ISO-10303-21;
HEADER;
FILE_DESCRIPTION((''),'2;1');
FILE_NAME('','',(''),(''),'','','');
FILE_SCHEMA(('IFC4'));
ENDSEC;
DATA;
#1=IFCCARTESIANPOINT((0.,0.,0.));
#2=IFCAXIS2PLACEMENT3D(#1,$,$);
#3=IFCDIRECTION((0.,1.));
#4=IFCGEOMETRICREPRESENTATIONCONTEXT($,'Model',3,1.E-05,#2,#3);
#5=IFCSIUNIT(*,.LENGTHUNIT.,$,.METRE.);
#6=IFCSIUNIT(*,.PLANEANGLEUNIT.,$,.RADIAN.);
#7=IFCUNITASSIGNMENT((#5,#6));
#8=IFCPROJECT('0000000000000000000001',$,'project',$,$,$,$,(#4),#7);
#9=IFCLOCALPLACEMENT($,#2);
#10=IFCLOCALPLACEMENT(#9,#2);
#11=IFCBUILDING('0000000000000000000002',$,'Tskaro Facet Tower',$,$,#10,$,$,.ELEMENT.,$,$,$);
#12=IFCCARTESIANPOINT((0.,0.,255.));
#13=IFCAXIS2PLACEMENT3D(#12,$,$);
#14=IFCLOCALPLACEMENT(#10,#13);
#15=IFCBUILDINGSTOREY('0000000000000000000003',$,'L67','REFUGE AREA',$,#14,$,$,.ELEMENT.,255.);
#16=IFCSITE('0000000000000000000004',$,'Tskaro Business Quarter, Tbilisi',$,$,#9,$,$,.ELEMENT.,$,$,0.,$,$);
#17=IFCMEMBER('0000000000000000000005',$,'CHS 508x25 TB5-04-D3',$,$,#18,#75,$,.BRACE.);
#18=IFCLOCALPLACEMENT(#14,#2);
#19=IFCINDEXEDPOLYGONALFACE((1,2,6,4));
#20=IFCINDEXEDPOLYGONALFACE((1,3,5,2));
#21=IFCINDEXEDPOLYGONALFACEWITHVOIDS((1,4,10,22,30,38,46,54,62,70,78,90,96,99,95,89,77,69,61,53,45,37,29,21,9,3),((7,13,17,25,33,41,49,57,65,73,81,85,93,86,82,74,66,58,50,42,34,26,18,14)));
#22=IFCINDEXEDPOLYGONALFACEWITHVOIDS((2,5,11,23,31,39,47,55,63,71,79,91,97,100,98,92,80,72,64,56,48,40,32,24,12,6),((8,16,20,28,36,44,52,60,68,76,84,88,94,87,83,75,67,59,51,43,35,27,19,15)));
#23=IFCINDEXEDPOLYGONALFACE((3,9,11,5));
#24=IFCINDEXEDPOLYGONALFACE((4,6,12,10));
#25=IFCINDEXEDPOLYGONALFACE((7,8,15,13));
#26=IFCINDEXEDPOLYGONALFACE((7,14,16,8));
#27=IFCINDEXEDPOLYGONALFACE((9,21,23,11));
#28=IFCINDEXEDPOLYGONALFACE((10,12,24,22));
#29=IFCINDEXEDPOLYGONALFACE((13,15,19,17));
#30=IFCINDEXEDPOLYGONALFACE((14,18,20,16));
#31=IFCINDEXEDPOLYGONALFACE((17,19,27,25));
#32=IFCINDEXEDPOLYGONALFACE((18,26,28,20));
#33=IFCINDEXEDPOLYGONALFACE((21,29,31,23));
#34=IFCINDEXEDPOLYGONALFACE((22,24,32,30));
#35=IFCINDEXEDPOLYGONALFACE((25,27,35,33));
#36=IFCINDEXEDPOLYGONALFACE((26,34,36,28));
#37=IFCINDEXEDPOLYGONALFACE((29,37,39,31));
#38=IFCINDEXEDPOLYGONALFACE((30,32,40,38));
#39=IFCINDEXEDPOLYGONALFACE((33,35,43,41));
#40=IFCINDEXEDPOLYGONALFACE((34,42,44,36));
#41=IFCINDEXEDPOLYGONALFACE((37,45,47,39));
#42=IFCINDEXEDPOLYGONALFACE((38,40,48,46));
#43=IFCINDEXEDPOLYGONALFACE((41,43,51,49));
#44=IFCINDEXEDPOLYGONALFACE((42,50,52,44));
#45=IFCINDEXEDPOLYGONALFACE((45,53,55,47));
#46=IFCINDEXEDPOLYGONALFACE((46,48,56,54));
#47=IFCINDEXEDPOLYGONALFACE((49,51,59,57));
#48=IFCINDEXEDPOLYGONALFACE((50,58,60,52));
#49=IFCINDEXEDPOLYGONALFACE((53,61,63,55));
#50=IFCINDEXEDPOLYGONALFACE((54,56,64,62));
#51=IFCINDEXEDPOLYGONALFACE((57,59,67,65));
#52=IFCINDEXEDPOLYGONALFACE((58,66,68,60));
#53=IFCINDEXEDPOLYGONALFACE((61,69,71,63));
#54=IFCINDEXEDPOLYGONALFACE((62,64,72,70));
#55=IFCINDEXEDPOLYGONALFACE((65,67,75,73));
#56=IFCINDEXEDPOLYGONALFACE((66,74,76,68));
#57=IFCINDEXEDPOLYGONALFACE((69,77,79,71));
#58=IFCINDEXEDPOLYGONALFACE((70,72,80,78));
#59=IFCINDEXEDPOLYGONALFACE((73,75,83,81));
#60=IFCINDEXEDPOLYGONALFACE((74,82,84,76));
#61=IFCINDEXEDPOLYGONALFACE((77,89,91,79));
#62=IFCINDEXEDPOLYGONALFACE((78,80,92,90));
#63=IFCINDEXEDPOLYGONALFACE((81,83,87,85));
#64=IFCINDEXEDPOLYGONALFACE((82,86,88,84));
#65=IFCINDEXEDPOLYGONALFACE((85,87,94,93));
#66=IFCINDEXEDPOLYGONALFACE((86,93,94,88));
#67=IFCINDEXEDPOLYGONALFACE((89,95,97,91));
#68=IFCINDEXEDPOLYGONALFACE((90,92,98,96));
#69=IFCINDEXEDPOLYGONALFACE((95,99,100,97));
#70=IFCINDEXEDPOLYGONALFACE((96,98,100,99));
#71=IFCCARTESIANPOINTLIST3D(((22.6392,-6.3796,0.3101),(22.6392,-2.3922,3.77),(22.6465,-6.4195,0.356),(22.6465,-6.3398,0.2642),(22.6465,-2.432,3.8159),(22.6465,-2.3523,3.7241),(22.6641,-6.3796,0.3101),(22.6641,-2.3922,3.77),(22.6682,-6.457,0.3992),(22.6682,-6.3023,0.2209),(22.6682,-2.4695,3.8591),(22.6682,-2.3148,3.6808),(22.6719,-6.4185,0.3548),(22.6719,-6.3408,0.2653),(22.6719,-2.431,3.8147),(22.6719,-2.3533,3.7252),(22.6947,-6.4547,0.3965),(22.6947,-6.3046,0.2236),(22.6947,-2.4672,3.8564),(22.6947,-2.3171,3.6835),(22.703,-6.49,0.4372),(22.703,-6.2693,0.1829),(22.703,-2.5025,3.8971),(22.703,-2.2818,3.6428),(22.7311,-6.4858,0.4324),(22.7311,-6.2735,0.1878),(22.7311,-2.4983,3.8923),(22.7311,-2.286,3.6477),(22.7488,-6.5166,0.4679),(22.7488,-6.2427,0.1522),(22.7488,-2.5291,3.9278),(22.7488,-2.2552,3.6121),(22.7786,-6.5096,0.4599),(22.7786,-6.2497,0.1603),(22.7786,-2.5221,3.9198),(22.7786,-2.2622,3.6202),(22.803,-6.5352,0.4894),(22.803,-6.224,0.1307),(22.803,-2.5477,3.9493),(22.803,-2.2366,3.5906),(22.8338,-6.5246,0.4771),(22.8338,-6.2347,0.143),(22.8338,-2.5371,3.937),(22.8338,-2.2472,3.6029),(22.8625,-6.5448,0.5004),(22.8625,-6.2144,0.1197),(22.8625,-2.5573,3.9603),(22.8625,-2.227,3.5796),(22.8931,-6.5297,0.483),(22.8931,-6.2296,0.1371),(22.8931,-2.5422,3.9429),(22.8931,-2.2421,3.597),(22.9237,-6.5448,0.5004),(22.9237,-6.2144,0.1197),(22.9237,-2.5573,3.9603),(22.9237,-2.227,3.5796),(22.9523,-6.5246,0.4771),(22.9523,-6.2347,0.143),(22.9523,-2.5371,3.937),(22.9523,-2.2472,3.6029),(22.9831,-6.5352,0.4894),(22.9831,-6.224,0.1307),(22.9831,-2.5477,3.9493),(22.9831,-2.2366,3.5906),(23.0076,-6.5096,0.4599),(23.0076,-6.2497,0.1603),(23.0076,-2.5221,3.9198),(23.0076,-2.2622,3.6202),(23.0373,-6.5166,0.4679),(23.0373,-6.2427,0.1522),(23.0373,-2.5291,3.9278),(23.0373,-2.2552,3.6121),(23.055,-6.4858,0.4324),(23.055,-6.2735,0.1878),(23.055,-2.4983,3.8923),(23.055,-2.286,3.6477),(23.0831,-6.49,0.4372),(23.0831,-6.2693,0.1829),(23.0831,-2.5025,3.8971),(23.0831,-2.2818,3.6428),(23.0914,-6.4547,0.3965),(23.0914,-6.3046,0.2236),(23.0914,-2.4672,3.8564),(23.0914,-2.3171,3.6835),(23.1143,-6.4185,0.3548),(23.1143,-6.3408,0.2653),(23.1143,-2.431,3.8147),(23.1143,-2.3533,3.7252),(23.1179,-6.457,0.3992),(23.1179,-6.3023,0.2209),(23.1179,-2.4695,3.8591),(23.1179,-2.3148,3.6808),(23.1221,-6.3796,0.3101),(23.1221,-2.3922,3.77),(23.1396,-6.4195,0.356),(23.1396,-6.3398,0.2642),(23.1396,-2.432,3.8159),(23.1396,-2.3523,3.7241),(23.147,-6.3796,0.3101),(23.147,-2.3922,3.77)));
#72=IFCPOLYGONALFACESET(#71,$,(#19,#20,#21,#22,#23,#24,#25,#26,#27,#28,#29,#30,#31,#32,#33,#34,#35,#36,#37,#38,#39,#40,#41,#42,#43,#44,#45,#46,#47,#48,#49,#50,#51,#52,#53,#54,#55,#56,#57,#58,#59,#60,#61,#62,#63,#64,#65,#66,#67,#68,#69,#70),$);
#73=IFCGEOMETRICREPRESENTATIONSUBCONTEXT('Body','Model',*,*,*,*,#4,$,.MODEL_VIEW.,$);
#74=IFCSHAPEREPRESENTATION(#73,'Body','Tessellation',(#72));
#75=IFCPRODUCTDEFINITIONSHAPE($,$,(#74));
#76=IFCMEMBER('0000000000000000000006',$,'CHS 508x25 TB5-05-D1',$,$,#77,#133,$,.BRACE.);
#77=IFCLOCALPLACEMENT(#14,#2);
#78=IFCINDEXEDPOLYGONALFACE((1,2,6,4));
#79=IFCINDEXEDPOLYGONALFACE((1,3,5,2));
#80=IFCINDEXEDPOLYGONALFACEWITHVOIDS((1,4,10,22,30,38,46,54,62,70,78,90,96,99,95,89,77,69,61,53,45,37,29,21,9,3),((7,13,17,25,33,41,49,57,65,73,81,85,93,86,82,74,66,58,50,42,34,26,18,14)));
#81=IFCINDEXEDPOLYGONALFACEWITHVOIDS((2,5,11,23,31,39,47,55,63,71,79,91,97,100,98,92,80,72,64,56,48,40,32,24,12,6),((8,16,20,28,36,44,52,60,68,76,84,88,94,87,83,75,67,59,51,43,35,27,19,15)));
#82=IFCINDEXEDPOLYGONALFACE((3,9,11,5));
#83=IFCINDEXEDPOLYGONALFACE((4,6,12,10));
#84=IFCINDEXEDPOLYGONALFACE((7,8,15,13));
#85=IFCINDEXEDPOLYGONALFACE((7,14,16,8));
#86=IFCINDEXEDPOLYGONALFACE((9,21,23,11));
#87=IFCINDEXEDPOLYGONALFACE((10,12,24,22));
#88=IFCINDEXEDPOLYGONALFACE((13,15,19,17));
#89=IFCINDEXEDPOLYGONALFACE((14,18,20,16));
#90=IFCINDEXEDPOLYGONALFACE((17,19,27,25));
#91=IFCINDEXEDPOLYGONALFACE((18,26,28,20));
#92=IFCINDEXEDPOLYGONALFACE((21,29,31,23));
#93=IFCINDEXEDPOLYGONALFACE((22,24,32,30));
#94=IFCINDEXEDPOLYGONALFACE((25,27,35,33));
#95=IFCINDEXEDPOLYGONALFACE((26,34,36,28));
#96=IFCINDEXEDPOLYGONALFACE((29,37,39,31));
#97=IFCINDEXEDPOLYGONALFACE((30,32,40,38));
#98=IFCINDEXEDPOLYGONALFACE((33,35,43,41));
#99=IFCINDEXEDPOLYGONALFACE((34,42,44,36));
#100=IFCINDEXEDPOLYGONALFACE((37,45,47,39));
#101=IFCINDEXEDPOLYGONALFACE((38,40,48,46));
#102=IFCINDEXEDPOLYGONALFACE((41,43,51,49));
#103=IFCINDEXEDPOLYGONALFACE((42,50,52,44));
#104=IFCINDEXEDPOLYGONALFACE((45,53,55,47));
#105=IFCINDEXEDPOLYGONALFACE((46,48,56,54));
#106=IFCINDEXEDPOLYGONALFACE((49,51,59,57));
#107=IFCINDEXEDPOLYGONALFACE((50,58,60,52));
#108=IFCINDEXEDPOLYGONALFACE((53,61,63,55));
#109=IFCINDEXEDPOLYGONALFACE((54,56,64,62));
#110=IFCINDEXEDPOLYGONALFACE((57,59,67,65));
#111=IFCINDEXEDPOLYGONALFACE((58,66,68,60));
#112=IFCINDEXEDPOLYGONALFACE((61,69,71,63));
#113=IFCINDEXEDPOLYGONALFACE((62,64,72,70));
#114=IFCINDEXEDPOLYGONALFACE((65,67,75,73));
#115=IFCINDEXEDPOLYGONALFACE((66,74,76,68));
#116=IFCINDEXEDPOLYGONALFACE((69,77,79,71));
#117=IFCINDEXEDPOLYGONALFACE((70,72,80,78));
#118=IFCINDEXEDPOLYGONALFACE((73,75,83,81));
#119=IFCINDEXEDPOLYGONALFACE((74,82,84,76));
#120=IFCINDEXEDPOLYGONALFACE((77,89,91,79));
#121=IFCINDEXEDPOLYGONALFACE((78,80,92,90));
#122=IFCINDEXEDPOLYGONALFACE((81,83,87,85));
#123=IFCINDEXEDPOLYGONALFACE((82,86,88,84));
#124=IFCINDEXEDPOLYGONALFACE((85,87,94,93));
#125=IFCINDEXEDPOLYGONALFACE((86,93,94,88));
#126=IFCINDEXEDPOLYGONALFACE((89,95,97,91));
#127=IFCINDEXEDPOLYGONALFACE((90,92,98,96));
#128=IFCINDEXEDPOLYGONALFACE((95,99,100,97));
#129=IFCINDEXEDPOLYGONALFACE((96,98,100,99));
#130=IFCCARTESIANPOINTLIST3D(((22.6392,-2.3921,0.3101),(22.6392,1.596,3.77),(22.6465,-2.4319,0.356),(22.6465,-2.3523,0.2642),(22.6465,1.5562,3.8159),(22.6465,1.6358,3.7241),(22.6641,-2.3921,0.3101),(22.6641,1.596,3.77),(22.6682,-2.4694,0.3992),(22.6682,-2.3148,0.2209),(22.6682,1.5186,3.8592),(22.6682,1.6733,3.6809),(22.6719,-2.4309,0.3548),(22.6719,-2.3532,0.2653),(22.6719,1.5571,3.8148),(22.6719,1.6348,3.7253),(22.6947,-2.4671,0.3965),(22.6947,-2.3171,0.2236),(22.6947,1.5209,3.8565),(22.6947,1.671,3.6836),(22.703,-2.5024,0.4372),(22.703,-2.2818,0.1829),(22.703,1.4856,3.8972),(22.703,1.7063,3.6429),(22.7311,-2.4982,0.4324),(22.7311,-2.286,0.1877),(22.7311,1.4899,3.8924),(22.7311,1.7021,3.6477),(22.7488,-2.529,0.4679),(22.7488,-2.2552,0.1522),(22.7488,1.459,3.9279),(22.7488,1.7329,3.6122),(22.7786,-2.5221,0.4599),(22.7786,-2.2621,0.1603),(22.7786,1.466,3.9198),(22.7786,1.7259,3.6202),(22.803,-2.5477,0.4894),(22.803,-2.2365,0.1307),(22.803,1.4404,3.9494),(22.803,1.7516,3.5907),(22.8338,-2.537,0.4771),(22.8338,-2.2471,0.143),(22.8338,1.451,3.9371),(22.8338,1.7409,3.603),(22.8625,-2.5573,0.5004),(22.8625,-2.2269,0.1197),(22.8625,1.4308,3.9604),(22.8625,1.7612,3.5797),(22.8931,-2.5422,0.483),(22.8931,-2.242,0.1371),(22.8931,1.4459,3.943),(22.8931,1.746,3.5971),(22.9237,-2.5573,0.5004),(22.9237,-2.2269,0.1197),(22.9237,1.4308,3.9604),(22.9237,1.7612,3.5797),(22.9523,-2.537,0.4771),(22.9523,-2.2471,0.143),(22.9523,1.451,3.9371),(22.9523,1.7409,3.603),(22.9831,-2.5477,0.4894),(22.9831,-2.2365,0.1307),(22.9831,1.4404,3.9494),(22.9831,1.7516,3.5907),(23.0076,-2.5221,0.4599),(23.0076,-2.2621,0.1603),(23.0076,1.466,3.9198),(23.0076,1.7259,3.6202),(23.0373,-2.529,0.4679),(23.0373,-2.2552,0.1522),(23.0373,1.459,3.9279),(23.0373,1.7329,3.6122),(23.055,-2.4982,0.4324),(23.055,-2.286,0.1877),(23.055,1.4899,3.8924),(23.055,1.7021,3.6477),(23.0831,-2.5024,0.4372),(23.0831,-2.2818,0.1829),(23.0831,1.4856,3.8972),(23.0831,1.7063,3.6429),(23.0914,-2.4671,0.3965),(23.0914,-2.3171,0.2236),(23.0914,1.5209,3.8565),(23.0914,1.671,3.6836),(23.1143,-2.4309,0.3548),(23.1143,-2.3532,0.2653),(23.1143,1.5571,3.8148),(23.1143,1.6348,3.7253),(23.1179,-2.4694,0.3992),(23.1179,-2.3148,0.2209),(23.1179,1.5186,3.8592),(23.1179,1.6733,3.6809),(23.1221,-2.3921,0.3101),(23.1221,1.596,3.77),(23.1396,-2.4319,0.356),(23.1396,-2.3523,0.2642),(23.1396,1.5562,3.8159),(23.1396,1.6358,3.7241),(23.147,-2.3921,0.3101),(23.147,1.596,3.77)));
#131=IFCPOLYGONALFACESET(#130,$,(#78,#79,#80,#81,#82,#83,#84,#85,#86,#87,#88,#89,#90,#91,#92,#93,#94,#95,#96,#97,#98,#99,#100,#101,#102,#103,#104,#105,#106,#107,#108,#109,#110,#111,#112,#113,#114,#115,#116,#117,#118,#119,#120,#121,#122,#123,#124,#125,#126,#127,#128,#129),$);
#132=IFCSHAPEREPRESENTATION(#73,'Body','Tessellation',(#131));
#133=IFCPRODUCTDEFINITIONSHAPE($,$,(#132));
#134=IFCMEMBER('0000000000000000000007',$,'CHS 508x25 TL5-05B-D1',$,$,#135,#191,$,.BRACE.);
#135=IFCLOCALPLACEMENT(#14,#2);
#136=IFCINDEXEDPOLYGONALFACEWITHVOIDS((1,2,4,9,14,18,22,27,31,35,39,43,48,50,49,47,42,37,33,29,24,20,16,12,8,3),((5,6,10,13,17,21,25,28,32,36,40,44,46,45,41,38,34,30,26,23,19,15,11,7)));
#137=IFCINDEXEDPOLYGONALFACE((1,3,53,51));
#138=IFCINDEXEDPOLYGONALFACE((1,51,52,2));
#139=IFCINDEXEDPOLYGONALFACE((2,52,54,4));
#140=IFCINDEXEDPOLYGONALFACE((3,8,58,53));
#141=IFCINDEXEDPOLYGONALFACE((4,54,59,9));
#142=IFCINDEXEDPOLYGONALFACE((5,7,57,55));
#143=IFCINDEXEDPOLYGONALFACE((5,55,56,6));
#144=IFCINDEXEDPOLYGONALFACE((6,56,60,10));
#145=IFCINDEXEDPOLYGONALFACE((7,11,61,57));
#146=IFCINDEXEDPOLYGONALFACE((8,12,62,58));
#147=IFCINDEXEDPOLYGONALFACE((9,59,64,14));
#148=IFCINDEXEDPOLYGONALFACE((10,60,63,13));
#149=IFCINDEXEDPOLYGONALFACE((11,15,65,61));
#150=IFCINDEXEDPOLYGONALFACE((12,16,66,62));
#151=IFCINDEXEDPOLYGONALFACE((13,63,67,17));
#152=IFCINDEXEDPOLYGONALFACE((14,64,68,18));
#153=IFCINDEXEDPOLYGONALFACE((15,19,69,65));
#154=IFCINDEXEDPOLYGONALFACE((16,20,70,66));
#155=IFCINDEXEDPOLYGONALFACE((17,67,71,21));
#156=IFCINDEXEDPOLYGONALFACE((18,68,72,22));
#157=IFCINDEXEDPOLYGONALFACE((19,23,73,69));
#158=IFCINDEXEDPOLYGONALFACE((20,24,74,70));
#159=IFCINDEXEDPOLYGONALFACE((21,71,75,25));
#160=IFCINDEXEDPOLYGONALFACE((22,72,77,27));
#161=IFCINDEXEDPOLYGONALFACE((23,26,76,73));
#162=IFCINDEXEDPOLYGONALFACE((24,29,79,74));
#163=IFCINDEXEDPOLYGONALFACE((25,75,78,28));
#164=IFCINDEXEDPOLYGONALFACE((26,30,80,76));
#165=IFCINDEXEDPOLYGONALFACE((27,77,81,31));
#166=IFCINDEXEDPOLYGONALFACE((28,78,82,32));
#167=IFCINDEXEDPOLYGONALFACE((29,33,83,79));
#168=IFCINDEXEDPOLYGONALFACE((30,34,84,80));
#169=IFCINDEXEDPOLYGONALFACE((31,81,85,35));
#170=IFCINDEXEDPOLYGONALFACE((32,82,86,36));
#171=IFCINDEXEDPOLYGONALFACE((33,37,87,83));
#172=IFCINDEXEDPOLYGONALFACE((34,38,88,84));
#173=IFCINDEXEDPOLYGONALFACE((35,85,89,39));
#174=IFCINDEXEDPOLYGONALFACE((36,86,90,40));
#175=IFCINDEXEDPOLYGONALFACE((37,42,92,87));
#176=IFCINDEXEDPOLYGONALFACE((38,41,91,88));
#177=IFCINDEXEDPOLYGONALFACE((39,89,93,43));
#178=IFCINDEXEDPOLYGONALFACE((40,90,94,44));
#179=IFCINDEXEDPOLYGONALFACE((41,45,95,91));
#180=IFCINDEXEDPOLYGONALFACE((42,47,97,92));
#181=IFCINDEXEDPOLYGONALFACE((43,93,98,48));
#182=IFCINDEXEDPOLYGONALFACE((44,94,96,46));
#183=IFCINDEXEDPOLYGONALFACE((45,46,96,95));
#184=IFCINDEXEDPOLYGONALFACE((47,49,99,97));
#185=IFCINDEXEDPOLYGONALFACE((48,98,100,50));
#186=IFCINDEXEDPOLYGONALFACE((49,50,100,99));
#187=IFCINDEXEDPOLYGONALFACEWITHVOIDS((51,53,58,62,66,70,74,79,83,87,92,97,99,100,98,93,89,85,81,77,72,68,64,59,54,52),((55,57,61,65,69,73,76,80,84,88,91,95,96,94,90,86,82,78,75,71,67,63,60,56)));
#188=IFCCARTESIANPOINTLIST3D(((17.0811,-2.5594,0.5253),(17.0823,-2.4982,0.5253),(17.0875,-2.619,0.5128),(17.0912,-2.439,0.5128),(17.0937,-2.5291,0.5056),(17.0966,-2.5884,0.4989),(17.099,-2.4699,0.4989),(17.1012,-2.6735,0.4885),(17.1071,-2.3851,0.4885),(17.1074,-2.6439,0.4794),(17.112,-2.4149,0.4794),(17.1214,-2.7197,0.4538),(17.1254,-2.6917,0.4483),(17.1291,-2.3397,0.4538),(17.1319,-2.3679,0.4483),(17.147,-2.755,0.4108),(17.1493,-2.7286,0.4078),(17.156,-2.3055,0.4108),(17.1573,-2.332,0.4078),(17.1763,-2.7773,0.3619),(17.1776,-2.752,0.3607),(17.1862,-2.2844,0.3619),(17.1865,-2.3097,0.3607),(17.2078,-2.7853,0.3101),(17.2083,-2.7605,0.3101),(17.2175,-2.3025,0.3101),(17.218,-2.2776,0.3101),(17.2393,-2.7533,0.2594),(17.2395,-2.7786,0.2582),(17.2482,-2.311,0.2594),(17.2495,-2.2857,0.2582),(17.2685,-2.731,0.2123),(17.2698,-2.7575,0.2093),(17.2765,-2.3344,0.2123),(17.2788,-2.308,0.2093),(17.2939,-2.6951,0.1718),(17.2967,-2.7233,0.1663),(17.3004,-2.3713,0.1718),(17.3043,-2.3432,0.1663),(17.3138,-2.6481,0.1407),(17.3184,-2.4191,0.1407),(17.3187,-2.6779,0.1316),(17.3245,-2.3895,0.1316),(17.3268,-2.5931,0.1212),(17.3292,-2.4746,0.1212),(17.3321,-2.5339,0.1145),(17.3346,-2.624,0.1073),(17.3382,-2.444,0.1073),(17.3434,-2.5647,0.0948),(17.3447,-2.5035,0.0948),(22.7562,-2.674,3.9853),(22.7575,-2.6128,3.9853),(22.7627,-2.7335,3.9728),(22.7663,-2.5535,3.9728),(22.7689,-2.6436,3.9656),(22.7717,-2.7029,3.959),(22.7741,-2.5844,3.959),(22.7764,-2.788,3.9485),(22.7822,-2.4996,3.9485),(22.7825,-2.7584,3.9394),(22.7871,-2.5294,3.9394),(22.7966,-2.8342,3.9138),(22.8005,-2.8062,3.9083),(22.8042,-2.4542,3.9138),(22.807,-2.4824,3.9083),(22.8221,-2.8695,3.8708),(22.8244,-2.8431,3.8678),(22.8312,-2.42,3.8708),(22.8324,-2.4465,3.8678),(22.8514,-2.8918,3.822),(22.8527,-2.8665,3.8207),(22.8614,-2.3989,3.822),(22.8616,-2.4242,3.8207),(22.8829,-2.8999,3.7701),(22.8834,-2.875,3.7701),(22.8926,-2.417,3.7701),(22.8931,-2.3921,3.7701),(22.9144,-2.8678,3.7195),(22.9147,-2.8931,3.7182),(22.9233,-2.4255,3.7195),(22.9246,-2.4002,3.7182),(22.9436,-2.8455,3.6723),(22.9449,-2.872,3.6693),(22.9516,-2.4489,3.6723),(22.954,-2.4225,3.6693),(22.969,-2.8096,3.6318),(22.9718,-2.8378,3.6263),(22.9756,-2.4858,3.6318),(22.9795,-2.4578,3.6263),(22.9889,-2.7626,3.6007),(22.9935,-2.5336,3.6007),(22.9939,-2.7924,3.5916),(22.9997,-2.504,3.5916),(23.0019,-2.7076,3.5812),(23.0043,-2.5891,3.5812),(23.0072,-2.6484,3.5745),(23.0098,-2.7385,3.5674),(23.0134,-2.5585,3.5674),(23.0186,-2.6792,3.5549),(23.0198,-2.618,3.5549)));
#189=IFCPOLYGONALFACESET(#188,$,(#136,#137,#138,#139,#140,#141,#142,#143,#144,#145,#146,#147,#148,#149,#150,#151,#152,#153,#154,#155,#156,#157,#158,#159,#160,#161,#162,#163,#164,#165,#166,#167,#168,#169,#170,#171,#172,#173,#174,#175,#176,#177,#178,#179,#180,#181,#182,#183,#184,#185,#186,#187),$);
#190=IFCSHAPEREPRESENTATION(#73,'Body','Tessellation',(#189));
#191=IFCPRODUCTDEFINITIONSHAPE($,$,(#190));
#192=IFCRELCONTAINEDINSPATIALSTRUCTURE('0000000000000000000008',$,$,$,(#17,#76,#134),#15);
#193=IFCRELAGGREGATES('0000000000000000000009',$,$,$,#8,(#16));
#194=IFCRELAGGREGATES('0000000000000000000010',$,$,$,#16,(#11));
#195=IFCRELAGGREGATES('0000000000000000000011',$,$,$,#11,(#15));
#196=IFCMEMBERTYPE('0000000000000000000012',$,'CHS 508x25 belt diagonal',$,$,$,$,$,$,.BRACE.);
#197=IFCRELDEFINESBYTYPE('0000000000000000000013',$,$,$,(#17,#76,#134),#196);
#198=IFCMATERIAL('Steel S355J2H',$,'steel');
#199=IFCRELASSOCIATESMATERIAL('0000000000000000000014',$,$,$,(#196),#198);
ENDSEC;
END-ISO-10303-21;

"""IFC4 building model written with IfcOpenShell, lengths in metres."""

from ifc_helpers import new_model, si_unit, direction, frame, origin, origin_2d, place, context, subcontext, project, spatial, hollow_circle, extrude, material, material_profile, profile_set, type_object, element, save


model = new_model("IFC4")

# Units and contexts
model_context = context("Model", 3, precision=1e-05, world=origin(), true_north=direction((0.0, 1.0)))
body_context = subcontext(model_context, "Body", "Model", "MODEL_VIEW")
ifc_project = project(units=[si_unit("LENGTHUNIT", "METRE"), si_unit("PLANEANGLEUNIT", "RADIAN")], contexts=[model_context])

# Site, building, storey
site_placement = place(None, origin())
site = spatial("IfcSite", under=ifc_project, at=site_placement, Name="Tskaro Business Quarter, Tbilisi", CompositionType="ELEMENT", RefElevation=0.0)
building_placement = place(site_placement, origin())
building = spatial("IfcBuilding", under=site, at=building_placement, Name="Tskaro Facet Tower", CompositionType="ELEMENT")
storey_placement = place(building_placement, frame((0.0, 0.0, 255.0)))
storey = spatial("IfcBuildingStorey", under=building, at=storey_placement, Name="L67", Description="REFUGE AREA", CompositionType="ELEMENT", Elevation=255.0)

# Shared definitions
ifc_material_1 = material(Name="Steel S355J2H", Category="steel")

# Members
ifc_material_profile_1 = material_profile(ifc_material_1, hollow_circle(Radius=0.2539, WallThickness=0.0249, at=origin_2d()), Name="CHS 508x25")
ifc_profile_set_1 = profile_set([ifc_material_profile_1], Name="Steel S355J2H")
member_type_1 = type_object("IfcMemberType", Name="CHS 508x25 belt diagonal", PredefinedType="BRACE", material=ifc_profile_set_1)
member_1_placement = place(storey_placement, frame((22.8931, -6.3796, 0.3101), z_axis=(0.0, 0.755306, 0.655372), x_axis=(-1.0, 0.0, 0.0)))
element("IfcMember", 1, at=member_1_placement, inside=storey, type_object=member_type_1, Name="CHS 508x25 TB5-04-D3", PredefinedType="BRACE", context=body_context, shape_type="SweptSolid", body=[
    extrude(hollow_circle(Radius=0.2539, WallThickness=0.0249, at=origin_2d()), origin(), (0.0, 0.0, 1.0), 5.2793),
])
member_2_placement = place(storey_placement, frame((22.8931, -2.3921, 0.3101), z_axis=(0.0, 0.755346, 0.655327), x_axis=(-1.0, 0.0, 0.0)))
element("IfcMember", 2, at=member_2_placement, inside=storey, type_object=member_type_1, Name="CHS 508x25 TB5-05-D1", PredefinedType="BRACE", context=body_context, shape_type="SweptSolid", body=[
    extrude(hollow_circle(Radius=0.2539, WallThickness=0.0249, at=origin_2d()), origin(), (0.0, 0.0, 1.0), 5.2798),
])
member_3_placement = place(storey_placement, frame((17.2129, -2.5315, 0.3101), z_axis=(0.853699, -0.017225, 0.520483), x_axis=(0.020172, 0.999797, 0.0)))
element("IfcMember", 3, at=member_3_placement, inside=storey, type_object=member_type_1, Name="CHS 508x25 TL5-05B-D1", PredefinedType="BRACE", context=body_context, shape_type="SweptSolid", body=[
    extrude(hollow_circle(Radius=0.2539, WallThickness=0.0249, at=origin_2d()), origin(), (0.0, 0.0, 1.0), 6.6477),
])

save(model, "model.ifc")
